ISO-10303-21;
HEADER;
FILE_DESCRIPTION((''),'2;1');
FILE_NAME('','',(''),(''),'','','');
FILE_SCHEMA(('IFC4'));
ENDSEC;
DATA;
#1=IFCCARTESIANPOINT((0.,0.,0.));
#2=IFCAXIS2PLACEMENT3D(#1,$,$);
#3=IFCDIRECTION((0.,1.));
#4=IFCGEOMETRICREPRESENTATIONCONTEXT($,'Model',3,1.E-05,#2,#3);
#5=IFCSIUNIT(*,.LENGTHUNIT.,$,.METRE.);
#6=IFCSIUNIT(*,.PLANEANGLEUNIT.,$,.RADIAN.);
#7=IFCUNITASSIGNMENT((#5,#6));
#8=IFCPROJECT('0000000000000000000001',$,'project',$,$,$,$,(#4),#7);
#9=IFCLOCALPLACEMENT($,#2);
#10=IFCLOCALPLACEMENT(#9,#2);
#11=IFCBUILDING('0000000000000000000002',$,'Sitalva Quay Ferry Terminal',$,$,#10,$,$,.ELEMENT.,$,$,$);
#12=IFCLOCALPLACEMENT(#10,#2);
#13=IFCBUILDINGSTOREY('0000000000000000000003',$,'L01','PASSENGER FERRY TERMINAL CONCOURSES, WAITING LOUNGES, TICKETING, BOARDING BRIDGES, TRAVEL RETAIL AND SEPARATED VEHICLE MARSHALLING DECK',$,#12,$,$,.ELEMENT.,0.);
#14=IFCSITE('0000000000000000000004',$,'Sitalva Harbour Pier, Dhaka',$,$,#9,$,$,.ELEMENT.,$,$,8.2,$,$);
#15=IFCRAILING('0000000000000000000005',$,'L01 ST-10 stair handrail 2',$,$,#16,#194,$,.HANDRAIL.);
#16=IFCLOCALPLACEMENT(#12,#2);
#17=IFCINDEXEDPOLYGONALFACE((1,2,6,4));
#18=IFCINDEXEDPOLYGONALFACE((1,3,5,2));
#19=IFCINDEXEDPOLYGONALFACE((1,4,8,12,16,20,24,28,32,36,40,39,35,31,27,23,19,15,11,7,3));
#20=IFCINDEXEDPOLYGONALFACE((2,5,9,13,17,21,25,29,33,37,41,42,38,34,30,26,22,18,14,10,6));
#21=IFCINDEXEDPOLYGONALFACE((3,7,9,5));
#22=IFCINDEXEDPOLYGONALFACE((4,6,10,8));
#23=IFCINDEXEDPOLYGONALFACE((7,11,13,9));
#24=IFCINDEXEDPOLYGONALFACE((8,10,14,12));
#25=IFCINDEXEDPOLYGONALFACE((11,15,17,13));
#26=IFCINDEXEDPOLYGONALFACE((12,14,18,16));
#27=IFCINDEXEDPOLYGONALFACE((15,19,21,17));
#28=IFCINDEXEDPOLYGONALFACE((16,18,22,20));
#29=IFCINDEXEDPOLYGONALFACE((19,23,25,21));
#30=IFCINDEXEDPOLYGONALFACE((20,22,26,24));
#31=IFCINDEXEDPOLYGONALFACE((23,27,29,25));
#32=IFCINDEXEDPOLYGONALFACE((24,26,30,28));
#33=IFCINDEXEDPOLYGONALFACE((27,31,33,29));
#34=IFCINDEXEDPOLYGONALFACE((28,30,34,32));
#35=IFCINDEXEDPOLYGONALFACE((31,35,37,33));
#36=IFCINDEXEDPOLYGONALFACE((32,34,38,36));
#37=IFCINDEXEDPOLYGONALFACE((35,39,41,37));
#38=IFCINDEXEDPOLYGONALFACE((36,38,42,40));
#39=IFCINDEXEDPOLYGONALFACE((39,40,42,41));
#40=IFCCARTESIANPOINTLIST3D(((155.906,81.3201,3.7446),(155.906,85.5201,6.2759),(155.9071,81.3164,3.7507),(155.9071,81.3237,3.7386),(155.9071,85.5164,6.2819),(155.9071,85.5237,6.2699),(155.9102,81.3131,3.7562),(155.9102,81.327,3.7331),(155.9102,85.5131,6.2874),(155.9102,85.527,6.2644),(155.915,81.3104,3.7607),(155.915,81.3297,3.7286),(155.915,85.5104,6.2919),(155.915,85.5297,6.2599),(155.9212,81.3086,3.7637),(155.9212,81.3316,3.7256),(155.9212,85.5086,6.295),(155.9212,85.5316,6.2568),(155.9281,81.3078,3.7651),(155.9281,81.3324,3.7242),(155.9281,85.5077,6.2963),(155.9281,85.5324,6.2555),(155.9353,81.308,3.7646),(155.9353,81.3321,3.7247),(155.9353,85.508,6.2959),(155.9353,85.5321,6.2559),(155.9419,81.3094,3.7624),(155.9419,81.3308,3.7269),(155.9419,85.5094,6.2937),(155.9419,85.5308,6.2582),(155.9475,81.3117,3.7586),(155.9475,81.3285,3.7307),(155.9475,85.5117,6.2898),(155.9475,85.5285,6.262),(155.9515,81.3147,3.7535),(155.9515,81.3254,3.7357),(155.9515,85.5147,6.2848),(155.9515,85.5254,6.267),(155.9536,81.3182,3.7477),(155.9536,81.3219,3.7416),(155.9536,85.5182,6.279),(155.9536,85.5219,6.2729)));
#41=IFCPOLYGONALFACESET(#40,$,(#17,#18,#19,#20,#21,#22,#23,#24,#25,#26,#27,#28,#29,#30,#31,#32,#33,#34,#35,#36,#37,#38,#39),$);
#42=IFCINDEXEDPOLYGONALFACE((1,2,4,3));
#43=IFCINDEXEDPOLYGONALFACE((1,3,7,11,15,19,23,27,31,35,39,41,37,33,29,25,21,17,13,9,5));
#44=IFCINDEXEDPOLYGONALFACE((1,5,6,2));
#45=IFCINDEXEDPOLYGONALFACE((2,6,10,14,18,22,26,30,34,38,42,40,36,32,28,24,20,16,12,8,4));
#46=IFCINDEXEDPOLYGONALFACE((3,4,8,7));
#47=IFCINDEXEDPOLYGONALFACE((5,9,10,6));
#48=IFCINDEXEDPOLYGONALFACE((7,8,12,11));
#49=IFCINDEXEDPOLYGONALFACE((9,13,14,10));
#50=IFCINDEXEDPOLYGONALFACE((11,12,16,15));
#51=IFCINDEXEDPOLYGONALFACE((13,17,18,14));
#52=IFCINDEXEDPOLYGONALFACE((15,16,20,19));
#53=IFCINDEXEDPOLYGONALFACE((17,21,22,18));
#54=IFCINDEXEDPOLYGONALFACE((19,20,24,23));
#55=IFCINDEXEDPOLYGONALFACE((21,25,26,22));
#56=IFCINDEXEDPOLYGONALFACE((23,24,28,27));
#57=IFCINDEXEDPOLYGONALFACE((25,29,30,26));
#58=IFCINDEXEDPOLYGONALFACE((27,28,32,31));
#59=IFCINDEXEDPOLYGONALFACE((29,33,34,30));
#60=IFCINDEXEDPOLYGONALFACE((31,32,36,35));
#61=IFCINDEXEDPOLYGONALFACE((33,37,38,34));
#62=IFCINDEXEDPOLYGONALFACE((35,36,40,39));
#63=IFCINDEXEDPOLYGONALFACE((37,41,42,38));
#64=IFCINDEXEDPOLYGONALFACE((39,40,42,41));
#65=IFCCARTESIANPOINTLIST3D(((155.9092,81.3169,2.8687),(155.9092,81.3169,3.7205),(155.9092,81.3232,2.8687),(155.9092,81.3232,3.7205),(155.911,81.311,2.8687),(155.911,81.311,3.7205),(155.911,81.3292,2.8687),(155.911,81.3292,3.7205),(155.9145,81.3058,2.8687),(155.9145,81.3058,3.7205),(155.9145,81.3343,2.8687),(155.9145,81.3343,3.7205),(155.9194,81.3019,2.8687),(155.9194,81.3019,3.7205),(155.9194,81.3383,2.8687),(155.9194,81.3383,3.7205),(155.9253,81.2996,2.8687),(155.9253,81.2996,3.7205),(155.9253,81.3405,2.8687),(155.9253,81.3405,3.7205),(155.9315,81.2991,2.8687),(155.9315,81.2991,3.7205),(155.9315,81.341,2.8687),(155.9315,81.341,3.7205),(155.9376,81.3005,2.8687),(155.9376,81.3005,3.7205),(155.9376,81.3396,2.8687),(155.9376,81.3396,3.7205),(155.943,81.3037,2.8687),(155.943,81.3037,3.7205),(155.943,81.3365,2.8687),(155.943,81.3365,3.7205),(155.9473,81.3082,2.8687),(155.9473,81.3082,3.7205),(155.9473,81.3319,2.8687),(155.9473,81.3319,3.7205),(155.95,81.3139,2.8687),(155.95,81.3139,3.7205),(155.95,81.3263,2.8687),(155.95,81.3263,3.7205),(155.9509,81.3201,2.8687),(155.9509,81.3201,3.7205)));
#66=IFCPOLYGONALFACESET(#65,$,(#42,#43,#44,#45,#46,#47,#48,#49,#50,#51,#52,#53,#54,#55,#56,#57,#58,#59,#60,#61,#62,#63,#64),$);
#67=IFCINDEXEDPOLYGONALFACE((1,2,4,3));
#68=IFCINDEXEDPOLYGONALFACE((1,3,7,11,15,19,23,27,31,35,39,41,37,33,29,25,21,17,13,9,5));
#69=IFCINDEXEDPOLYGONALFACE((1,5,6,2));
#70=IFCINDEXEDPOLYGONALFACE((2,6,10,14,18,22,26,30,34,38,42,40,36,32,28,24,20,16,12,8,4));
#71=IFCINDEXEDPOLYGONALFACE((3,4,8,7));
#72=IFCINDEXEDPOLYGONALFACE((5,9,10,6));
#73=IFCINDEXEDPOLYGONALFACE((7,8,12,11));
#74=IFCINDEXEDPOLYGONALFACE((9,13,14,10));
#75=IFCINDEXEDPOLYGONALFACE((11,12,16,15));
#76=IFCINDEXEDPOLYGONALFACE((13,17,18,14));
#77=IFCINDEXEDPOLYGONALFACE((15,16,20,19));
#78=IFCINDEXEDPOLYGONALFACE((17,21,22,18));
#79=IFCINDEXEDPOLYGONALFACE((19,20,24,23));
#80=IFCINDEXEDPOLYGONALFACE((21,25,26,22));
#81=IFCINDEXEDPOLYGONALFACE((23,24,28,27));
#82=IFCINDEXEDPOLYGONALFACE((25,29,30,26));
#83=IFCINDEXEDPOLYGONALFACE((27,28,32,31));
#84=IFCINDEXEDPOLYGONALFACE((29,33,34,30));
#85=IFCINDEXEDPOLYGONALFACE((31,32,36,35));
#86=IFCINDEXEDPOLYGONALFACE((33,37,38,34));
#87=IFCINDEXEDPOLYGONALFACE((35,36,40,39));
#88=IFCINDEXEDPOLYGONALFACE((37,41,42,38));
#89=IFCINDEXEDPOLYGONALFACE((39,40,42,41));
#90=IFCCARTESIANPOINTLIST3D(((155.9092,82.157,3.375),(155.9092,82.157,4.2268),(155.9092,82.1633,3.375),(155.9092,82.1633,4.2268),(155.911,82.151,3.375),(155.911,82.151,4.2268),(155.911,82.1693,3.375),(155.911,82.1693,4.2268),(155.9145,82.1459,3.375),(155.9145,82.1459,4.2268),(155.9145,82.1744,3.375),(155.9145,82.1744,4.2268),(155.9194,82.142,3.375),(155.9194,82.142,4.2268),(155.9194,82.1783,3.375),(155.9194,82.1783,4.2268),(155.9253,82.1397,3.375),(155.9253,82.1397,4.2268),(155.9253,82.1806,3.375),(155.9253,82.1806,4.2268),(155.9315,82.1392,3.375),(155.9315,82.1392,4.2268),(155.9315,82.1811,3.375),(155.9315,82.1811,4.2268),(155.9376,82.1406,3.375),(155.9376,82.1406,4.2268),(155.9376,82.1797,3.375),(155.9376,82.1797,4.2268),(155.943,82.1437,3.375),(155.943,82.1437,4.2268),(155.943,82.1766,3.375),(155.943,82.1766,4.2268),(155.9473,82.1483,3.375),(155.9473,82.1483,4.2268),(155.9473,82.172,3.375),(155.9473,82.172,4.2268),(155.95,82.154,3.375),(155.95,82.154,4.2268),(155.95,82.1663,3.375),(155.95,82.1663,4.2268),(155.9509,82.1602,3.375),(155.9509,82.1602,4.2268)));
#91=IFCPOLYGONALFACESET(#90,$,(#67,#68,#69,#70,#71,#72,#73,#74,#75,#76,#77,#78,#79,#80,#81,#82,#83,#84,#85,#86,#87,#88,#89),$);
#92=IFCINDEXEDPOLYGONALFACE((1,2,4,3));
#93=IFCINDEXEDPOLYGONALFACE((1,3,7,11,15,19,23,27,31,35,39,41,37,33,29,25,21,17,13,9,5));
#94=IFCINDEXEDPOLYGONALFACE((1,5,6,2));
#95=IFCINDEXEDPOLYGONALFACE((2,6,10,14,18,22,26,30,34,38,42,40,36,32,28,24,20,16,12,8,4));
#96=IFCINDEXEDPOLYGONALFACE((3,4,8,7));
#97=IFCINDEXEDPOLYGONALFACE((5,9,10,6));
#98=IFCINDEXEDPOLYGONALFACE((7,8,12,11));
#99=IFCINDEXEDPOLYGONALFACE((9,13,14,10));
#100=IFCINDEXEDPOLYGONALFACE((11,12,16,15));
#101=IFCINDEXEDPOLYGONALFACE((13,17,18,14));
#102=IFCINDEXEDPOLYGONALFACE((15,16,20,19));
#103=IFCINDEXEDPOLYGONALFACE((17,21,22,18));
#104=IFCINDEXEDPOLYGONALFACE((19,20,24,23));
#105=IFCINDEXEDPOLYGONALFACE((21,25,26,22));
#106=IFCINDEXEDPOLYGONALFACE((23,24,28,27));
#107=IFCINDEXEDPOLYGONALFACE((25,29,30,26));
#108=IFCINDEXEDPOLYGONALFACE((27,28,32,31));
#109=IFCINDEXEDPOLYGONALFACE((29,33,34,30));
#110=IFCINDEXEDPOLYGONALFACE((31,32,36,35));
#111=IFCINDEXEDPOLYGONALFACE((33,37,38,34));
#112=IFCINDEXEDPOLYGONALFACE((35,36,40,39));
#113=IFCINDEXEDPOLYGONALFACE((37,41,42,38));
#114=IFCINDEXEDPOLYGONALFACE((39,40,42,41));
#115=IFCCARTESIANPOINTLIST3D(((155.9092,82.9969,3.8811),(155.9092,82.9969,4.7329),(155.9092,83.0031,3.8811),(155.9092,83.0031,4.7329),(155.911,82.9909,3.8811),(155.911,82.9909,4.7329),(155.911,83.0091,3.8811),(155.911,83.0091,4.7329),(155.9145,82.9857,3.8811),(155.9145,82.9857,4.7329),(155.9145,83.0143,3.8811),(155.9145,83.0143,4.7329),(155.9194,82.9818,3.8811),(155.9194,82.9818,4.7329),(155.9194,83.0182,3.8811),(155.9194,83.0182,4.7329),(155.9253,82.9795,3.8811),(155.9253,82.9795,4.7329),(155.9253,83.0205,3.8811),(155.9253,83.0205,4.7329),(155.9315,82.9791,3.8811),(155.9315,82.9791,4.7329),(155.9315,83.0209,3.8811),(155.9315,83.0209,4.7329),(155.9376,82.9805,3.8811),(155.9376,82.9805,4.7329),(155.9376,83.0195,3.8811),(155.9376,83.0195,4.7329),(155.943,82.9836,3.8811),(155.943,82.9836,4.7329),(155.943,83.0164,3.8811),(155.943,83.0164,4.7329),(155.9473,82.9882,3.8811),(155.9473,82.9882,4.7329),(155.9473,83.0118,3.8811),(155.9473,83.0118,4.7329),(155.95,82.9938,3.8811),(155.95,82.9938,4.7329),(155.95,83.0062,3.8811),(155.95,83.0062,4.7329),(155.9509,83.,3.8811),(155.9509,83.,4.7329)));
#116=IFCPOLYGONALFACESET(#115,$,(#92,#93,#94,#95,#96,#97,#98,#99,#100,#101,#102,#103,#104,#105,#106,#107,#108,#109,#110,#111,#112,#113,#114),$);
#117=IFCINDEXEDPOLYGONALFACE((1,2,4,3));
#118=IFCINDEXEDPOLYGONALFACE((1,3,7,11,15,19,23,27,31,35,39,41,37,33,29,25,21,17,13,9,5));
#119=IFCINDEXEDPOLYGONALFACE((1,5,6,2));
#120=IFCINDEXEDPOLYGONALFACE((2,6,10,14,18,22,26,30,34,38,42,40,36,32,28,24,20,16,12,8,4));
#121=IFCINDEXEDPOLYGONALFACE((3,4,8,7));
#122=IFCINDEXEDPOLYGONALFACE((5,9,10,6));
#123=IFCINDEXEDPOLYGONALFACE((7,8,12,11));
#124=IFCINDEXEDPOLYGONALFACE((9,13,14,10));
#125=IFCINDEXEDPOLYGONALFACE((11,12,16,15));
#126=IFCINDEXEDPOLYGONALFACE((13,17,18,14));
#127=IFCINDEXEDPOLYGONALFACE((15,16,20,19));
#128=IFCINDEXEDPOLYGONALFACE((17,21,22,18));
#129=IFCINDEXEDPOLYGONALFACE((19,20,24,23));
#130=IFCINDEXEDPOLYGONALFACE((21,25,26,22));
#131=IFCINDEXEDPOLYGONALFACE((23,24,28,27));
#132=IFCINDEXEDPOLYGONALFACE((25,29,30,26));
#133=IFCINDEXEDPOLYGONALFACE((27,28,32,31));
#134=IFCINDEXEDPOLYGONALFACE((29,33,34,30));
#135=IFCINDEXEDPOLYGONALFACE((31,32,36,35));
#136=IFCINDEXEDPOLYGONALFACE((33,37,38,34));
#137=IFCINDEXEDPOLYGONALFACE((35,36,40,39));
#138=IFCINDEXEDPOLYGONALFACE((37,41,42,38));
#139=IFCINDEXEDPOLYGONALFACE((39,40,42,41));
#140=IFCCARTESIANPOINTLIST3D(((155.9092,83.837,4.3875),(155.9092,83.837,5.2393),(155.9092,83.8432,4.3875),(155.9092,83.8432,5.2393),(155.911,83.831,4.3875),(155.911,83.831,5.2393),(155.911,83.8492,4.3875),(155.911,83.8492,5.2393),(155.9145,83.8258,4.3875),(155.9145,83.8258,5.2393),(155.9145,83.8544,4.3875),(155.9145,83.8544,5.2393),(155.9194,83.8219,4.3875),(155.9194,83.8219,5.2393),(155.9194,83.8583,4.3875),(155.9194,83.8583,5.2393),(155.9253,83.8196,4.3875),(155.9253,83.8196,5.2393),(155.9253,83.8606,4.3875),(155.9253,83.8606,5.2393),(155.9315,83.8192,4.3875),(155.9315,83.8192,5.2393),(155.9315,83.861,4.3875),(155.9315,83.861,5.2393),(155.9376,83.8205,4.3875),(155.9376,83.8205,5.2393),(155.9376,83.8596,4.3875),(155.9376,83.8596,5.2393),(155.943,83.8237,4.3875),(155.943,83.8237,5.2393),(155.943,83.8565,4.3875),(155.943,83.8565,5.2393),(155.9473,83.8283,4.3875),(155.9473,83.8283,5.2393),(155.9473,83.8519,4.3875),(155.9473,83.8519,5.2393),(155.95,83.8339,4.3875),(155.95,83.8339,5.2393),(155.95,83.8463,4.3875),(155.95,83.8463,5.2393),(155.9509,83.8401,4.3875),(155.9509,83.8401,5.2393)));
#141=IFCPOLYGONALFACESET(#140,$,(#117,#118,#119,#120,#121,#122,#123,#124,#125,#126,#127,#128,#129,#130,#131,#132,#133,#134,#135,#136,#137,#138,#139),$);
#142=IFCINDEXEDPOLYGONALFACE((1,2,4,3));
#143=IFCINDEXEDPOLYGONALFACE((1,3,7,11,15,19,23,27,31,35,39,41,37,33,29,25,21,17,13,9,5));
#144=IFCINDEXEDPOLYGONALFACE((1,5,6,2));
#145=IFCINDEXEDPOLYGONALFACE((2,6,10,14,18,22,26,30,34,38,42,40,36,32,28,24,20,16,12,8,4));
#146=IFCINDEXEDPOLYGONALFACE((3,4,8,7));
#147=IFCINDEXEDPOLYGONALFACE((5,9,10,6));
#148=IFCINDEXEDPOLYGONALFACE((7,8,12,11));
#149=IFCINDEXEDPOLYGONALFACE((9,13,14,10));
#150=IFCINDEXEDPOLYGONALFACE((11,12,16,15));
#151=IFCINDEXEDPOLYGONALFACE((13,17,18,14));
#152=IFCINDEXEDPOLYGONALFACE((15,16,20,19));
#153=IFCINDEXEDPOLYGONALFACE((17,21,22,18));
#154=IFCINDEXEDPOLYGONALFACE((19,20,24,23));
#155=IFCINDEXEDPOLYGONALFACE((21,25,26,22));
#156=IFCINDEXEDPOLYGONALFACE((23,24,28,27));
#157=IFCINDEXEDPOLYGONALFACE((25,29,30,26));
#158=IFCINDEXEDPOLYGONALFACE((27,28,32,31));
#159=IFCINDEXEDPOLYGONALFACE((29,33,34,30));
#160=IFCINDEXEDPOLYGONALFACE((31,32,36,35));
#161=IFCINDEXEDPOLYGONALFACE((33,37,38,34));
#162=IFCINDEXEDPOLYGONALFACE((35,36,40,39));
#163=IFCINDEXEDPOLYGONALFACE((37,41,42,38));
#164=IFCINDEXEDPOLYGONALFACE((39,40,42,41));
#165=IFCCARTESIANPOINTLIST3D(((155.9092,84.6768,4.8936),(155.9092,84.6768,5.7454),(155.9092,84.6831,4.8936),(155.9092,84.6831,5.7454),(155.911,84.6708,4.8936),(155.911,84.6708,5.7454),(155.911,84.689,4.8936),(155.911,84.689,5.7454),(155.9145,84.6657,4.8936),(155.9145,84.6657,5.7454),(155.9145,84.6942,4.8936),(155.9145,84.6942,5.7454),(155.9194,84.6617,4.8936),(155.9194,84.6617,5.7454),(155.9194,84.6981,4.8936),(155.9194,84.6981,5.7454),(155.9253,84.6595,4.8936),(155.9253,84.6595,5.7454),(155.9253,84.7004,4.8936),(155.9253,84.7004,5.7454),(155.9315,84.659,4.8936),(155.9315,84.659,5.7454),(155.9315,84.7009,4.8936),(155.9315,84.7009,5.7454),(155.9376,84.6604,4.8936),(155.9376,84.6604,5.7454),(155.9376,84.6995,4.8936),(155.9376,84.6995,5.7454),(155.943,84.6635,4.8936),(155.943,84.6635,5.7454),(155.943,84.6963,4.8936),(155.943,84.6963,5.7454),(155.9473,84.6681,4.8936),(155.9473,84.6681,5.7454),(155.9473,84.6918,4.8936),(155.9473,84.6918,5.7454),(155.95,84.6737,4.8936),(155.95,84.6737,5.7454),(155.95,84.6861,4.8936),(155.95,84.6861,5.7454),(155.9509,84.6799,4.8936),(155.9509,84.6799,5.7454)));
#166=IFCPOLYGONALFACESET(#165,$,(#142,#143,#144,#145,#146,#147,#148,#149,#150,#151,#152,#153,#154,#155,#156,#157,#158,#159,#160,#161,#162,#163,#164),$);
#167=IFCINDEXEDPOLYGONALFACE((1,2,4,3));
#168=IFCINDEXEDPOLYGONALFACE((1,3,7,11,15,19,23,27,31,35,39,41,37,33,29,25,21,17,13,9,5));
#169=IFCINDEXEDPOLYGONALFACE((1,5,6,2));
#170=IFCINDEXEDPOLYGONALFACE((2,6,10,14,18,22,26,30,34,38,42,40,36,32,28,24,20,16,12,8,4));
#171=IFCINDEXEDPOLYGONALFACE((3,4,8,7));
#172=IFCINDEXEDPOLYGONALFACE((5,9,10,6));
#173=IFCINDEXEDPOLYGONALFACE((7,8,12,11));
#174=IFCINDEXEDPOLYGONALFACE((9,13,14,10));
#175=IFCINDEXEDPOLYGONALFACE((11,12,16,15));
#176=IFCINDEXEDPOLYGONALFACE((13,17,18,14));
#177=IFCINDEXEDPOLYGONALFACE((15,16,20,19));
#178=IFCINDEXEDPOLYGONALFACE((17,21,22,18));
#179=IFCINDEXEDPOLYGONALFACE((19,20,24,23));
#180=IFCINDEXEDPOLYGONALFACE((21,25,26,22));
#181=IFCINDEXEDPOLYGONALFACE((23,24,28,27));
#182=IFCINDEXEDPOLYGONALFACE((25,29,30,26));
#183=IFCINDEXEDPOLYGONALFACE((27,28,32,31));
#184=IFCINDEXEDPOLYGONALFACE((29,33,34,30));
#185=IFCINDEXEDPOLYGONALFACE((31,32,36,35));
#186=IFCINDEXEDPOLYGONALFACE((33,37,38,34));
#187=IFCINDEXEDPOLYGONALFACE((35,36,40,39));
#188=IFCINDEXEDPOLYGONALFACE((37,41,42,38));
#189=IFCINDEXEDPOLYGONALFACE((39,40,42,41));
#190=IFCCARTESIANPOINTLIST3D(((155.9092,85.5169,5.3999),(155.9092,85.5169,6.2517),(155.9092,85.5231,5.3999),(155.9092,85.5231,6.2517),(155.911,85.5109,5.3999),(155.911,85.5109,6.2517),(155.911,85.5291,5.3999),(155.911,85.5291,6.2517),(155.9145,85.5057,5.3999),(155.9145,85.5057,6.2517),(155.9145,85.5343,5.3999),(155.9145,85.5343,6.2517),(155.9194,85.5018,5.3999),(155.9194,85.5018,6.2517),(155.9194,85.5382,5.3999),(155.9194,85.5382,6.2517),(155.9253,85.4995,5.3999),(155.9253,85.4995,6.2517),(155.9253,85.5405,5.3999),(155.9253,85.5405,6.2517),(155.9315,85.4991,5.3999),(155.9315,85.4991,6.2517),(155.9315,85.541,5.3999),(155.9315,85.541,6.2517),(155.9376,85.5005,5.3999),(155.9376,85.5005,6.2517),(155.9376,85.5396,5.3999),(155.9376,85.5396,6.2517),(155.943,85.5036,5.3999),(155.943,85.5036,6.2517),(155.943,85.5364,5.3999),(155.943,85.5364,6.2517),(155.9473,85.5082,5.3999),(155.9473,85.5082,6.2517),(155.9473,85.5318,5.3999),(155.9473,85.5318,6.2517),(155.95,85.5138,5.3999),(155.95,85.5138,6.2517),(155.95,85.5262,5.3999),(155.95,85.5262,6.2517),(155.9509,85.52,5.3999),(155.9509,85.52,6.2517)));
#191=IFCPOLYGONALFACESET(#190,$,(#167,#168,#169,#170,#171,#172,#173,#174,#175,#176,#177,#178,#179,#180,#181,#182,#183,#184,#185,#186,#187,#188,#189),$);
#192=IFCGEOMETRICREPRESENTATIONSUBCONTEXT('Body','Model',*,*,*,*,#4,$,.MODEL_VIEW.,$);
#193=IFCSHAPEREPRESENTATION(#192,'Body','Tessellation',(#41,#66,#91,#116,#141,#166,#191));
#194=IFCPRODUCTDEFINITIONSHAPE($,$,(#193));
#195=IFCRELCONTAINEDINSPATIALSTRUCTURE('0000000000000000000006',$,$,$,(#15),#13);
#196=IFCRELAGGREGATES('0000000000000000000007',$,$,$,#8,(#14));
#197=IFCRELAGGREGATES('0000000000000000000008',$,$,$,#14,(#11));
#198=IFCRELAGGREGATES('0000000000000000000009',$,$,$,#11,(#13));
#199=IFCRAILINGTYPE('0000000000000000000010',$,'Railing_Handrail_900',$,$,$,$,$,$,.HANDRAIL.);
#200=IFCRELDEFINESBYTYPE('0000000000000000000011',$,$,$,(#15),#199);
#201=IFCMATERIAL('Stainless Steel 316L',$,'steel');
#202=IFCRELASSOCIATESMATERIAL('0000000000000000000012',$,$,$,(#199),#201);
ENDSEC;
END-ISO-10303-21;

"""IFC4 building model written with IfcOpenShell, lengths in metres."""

from ifc_helpers import new_model, si_unit, direction, frame, origin, origin_2d, place, context, subcontext, project, spatial, circle, extrude, material, type_object, element, save


model = new_model("IFC4")

# Units and contexts
model_context = context("Model", 3, precision=1e-05, world=origin(), true_north=direction((0.0, 1.0)))
body_context = subcontext(model_context, "Body", "Model", "MODEL_VIEW")
ifc_project = project(units=[si_unit("LENGTHUNIT", "METRE"), si_unit("PLANEANGLEUNIT", "RADIAN")], contexts=[model_context])

# Site, building, storey
site_placement = place(None, origin())
site = spatial("IfcSite", under=ifc_project, at=site_placement, Name="Sitalva Harbour Pier, Dhaka", CompositionType="ELEMENT", RefElevation=8.2)
building_placement = place(site_placement, origin())
building = spatial("IfcBuilding", under=site, at=building_placement, Name="Sitalva Quay Ferry Terminal", CompositionType="ELEMENT")
storey_placement = place(building_placement, origin())
storey = spatial("IfcBuildingStorey", under=building, at=storey_placement, Name="L01", Description="PASSENGER FERRY TERMINAL CONCOURSES, WAITING LOUNGES, TICKETING, BOARDING BRIDGES, TRAVEL RETAIL AND SEPARATED VEHICLE MARSHALLING DECK", CompositionType="ELEMENT", Elevation=0.0)

# Railing
ifc_material_1 = material(Name="Stainless Steel 316L", Category="steel")
railing_type = type_object("IfcRailingType", Name="Railing_Handrail_900", PredefinedType="HANDRAIL", material=ifc_material_1)
railing_placement = place(storey_placement, frame((155.9299, 81.3201, 2.8687)))
element("IfcRailing", 1, at=railing_placement, inside=storey, type_object=railing_type, Name="L01 ST-10 stair handrail 2", PredefinedType="HANDRAIL", context=body_context, shape_type="SweptSolid", body=[
    extrude(circle(Radius=0.0239, at=origin_2d()), frame((0.0, 0.0, 0.876), z_axis=(0.0, 0.856476, 0.516186), x_axis=(-1.0, 0.0, 0.0)), (0.0, 0.0, 1.0), 4.9038),
    extrude(circle(Radius=0.021, at=origin_2d()), origin(), (0.0, 0.0, 1.0), 0.8518),
    extrude(circle(Radius=0.021, at=origin_2d()), frame((0.0, 0.8401, 0.5063)), (0.0, 0.0, 1.0), 0.8518),
    extrude(circle(Radius=0.021, at=origin_2d()), frame((0.0, 1.6799, 1.0125)), (0.0, 0.0, 1.0), 0.8518),
    extrude(circle(Radius=0.021, at=origin_2d()), frame((0.0, 2.52, 1.5188)), (0.0, 0.0, 1.0), 0.8518),
    extrude(circle(Radius=0.021, at=origin_2d()), frame((0.0, 3.3599, 2.0249)), (0.0, 0.0, 1.0), 0.8518),
    extrude(circle(Radius=0.021, at=origin_2d()), frame((0.0, 4.2, 2.5312)), (0.0, 0.0, 1.0), 0.8518),
])

save(model, "model.ifc")
